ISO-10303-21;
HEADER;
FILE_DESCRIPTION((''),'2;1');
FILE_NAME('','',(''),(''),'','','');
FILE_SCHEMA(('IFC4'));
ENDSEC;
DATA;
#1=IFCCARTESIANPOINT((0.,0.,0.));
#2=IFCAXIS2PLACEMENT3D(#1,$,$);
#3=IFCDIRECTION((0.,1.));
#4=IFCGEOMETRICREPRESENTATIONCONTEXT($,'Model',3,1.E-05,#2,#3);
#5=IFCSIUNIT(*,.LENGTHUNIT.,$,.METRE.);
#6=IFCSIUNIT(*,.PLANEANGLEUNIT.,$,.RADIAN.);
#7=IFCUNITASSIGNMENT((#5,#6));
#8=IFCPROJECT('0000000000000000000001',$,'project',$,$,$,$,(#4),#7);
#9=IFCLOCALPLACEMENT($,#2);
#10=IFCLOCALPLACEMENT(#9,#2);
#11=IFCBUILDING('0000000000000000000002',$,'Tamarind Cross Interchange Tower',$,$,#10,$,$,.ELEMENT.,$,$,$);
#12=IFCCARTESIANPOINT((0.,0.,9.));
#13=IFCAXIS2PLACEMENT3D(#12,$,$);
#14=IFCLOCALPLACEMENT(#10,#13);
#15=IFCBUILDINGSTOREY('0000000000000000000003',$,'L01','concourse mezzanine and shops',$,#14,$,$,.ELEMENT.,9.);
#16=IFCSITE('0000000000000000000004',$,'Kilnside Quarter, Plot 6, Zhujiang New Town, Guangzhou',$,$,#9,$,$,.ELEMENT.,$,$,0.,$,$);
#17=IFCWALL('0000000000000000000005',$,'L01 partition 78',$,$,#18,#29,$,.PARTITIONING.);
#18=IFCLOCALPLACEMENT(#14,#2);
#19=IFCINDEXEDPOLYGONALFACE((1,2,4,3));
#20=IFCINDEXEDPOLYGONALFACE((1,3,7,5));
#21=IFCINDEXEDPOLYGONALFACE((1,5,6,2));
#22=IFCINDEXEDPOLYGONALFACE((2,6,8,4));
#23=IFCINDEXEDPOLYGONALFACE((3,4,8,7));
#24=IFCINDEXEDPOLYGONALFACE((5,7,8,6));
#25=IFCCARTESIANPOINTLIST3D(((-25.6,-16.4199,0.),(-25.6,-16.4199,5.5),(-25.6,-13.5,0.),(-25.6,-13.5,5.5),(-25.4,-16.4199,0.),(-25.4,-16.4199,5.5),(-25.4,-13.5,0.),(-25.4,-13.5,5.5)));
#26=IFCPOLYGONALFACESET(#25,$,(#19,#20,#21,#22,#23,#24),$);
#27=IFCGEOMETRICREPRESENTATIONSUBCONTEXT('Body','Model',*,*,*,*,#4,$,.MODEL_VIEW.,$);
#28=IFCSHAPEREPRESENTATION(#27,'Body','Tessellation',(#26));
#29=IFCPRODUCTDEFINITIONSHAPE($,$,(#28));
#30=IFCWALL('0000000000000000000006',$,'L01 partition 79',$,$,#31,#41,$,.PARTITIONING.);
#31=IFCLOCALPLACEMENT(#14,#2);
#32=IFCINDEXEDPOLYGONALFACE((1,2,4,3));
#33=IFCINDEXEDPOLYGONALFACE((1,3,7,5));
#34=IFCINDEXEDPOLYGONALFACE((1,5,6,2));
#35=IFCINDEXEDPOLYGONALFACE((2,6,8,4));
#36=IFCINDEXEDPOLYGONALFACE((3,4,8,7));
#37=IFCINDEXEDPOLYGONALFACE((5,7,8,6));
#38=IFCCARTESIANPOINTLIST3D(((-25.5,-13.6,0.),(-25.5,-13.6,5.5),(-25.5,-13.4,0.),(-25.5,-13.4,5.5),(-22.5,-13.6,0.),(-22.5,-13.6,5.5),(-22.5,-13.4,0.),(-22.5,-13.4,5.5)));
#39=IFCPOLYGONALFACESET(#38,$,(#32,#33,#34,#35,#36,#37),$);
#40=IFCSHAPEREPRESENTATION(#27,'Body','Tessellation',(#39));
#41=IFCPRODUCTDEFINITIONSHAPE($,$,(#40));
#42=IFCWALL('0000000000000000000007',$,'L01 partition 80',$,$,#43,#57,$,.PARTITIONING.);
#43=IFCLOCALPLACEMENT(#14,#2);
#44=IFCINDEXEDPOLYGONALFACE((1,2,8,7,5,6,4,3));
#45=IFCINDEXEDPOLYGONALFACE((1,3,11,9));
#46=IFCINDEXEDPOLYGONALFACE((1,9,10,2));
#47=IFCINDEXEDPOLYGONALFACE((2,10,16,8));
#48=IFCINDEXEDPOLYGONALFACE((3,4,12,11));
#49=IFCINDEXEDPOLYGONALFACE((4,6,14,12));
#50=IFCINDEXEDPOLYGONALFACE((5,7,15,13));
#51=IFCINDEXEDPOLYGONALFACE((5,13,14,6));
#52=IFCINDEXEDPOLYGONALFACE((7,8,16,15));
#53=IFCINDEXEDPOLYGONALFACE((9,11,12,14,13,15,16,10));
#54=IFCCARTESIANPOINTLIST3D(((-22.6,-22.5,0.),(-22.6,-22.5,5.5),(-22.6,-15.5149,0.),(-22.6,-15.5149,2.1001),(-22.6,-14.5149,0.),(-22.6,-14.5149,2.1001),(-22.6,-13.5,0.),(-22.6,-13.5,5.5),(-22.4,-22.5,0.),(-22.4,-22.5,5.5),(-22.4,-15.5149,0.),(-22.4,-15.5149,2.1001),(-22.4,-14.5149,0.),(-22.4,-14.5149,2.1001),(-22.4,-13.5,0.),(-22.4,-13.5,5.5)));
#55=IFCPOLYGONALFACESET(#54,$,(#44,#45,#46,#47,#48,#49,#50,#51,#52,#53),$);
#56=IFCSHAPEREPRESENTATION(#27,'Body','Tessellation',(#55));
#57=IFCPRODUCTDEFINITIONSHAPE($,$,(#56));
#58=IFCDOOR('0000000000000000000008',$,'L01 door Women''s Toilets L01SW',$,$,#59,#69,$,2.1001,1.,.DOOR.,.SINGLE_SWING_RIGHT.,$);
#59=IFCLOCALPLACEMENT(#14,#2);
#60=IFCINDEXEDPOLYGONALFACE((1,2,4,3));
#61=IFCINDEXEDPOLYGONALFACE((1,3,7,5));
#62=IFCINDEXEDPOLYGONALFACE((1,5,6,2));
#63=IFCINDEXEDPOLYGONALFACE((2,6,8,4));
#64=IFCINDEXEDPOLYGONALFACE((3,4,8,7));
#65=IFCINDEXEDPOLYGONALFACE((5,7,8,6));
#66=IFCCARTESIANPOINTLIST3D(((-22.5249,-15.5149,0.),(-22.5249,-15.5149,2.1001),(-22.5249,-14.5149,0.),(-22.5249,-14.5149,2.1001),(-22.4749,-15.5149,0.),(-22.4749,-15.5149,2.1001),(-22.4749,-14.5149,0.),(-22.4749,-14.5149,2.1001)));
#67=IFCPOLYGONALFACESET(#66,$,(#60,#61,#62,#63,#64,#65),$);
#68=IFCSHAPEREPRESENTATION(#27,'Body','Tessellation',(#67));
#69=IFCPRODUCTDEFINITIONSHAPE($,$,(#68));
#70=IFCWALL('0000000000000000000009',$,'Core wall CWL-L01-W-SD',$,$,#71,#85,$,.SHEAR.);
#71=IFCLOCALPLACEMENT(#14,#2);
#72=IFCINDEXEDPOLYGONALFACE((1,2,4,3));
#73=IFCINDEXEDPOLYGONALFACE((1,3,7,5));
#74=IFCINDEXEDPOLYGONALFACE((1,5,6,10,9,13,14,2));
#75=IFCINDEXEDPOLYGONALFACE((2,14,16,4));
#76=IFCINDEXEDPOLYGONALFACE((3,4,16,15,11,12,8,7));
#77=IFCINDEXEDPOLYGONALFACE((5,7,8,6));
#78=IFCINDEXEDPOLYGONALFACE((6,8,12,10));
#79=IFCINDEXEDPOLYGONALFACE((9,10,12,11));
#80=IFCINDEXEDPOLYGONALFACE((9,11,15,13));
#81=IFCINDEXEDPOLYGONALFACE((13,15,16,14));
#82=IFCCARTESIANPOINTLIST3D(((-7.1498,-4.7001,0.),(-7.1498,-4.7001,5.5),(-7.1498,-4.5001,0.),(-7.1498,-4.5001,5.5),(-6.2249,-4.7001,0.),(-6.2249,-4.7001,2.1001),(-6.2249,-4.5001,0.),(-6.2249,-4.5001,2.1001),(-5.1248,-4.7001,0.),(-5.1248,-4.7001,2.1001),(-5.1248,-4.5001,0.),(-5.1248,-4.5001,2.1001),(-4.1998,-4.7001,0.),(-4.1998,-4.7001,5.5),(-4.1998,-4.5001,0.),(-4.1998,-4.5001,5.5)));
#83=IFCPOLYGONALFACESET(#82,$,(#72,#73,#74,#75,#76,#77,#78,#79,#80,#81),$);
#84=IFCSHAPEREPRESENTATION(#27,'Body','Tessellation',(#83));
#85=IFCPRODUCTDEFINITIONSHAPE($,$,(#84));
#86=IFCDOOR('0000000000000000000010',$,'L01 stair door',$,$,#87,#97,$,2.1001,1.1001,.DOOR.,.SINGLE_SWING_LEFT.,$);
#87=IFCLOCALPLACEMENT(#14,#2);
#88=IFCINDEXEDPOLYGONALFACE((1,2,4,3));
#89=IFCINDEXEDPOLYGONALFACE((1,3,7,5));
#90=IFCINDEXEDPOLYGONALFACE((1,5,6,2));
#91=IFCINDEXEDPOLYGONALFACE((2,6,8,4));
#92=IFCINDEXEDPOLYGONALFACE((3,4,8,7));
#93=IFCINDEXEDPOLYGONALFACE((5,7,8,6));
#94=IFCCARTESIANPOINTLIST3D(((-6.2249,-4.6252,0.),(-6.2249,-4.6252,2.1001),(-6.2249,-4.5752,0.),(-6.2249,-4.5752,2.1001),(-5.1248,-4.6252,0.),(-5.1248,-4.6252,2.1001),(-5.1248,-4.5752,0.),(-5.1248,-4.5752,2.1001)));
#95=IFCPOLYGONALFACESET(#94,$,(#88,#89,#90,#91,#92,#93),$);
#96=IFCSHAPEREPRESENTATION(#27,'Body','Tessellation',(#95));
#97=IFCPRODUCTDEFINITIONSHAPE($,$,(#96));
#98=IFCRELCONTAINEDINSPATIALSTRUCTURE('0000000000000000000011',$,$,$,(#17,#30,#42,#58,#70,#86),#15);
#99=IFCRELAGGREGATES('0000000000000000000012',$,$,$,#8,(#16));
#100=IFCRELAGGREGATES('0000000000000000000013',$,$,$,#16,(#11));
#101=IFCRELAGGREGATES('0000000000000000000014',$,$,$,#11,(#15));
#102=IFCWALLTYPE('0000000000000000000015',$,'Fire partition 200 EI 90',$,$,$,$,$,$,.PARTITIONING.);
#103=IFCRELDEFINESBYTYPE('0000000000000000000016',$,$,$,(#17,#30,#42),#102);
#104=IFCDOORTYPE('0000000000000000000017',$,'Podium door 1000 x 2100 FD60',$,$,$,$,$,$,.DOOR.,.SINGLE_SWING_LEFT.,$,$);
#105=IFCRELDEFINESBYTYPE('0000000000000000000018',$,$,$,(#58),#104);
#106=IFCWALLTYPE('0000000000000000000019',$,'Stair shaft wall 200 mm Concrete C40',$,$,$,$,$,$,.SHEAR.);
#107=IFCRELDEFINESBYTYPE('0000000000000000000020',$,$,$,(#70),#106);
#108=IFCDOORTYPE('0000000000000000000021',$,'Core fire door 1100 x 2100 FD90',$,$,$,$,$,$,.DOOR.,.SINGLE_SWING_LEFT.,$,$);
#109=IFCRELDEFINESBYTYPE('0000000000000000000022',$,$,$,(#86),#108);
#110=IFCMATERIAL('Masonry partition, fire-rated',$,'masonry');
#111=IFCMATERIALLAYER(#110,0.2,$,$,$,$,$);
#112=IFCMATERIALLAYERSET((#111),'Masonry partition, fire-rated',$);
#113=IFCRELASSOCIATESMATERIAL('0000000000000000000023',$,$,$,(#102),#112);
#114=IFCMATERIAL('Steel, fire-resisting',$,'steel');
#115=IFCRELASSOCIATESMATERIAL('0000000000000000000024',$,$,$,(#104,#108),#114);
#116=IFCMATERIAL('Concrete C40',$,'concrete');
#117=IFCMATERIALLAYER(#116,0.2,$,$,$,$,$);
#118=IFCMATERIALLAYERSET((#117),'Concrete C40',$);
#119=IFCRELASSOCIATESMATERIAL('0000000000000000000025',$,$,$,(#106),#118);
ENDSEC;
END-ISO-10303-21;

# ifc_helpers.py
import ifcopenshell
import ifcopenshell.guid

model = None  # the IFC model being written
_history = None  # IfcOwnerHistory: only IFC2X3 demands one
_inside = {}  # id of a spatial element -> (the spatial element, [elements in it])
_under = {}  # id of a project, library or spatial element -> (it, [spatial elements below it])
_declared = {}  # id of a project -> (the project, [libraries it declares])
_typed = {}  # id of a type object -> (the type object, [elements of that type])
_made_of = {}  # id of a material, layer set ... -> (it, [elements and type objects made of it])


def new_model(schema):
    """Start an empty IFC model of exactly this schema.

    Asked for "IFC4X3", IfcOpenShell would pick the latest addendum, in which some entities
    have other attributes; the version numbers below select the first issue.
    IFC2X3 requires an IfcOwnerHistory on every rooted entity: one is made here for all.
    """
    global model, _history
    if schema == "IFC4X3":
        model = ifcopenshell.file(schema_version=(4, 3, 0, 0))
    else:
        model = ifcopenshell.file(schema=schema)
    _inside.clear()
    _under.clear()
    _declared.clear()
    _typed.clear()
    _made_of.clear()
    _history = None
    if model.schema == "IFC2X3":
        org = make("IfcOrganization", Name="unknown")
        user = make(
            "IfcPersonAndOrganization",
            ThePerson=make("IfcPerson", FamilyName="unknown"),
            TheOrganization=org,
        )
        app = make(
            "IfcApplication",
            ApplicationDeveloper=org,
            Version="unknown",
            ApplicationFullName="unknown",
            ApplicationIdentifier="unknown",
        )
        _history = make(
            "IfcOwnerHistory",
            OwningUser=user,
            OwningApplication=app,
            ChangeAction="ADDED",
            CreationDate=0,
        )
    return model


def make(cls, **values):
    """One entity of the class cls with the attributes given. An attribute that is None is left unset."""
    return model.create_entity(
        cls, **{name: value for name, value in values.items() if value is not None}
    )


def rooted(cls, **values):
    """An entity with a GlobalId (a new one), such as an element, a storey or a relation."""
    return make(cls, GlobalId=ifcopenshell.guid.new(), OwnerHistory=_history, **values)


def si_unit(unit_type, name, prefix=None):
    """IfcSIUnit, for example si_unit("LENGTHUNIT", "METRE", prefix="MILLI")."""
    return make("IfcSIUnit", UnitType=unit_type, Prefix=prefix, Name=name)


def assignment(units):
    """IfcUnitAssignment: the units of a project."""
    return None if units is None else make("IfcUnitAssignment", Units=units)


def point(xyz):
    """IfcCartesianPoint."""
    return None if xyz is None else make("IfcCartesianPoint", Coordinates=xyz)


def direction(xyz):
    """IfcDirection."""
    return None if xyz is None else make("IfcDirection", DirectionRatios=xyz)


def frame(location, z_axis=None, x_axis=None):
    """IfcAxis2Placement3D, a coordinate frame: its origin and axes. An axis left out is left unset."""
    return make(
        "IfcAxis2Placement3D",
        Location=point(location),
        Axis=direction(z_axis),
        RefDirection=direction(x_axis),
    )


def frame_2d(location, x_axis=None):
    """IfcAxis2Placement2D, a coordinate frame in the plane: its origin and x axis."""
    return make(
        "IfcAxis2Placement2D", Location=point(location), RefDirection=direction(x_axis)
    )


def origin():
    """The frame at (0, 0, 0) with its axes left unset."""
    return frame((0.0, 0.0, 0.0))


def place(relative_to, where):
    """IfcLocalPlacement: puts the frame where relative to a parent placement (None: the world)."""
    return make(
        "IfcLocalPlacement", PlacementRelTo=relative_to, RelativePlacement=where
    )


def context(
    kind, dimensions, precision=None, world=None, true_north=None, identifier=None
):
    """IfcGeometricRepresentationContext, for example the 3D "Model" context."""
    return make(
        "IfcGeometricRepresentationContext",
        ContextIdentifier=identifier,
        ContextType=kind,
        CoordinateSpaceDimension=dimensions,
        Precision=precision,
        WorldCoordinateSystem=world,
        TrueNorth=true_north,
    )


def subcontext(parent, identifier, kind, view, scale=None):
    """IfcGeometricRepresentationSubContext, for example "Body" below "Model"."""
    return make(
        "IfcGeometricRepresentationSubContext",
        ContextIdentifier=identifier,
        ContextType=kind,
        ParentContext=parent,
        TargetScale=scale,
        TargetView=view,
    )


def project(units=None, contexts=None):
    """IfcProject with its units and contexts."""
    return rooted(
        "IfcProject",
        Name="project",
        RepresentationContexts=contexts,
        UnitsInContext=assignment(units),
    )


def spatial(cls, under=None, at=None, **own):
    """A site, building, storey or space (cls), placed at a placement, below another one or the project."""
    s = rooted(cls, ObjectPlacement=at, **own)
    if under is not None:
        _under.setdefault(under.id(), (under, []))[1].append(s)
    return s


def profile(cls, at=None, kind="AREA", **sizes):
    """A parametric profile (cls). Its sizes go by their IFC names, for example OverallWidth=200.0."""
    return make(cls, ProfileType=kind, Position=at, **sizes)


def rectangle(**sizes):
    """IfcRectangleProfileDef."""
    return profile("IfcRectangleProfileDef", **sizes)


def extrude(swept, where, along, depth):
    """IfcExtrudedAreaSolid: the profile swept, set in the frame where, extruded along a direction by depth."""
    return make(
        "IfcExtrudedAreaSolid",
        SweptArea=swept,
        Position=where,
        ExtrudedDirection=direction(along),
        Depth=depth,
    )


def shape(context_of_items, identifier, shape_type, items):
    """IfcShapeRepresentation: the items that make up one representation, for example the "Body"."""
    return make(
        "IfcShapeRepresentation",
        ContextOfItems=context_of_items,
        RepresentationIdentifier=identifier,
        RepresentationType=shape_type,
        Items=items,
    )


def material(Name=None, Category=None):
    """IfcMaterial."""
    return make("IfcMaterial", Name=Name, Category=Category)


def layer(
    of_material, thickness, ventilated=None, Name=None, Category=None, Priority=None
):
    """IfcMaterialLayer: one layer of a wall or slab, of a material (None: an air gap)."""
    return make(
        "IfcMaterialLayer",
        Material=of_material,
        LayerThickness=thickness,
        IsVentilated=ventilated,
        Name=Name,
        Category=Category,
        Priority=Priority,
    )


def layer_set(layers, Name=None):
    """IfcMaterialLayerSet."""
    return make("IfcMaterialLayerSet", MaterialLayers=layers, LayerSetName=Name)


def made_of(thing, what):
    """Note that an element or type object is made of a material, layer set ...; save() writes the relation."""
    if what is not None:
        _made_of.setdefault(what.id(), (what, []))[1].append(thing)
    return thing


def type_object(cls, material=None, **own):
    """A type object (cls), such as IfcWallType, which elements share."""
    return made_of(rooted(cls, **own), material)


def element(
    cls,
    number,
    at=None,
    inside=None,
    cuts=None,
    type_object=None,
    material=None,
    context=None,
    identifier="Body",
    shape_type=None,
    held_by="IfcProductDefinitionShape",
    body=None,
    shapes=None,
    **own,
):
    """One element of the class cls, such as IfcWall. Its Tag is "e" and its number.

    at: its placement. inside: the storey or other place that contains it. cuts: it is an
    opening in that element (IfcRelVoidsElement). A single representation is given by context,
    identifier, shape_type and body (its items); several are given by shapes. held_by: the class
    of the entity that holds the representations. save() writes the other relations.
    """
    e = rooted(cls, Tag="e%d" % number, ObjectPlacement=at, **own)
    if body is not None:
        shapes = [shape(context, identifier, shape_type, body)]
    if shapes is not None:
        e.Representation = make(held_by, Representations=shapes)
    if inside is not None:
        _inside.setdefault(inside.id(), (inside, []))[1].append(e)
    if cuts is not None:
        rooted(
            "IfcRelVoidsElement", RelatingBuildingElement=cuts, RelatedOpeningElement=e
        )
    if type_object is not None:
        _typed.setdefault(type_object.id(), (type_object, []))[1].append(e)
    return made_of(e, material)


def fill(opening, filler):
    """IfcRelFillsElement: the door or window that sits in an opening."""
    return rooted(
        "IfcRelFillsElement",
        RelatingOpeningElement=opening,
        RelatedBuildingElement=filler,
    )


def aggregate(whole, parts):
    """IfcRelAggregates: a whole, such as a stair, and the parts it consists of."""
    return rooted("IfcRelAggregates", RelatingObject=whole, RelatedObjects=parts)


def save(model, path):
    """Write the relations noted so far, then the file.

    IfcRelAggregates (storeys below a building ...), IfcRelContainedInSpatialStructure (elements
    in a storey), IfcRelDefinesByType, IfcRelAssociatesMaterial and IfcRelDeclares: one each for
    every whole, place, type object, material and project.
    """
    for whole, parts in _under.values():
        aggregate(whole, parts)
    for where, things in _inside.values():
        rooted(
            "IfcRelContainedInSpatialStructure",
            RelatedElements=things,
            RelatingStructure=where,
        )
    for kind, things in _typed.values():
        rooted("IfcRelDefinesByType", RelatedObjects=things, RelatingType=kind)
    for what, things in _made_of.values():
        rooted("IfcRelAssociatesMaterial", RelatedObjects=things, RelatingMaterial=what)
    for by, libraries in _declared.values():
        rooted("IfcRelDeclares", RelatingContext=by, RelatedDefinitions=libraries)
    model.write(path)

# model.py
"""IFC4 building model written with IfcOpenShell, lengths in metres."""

from ifc_helpers import new_model, si_unit, direction, frame, frame_2d, origin, place, context, subcontext, project, spatial, rectangle, extrude, material, layer, layer_set, type_object, element, fill, save


model = new_model("IFC4")

# Units and contexts
model_context = context("Model", 3, precision=1e-05, world=origin(), true_north=direction((0.0, 1.0)))
body_context = subcontext(model_context, "Body", "Model", "MODEL_VIEW")
ifc_project = project(units=[si_unit("LENGTHUNIT", "METRE"), si_unit("PLANEANGLEUNIT", "RADIAN")], contexts=[model_context])

# Site, building, storey
site_placement = place(None, origin())
site = spatial("IfcSite", under=ifc_project, at=site_placement, Name="Kilnside Quarter, Plot 6, Zhujiang New Town, Guangzhou", CompositionType="ELEMENT", RefElevation=0.0)
building_placement = place(site_placement, origin())
building = spatial("IfcBuilding", under=site, at=building_placement, Name="Tamarind Cross Interchange Tower", CompositionType="ELEMENT")
storey_placement = place(building_placement, frame((0.0, 0.0, 9.0)))
storey = spatial("IfcBuildingStorey", under=building, at=storey_placement, Name="L01", Description="concourse mezzanine and shops", CompositionType="ELEMENT", Elevation=9.0)

# Shared definitions
ifc_material_1 = material(Name="Steel, fire-resisting", Category="steel")

# Walls
ifc_material_2 = material(Name="Masonry partition, fire-rated", Category="masonry")
ifc_layer_1 = layer(ifc_material_2, 0.2)
ifc_layer_set_1 = layer_set([ifc_layer_1], Name="Masonry partition, fire-rated")
wall_type_1 = type_object("IfcWallType", Name="Fire partition 200 EI 90", PredefinedType="PARTITIONING", material=ifc_layer_set_1)
wall_1_placement = place(storey_placement, frame((-25.5, -16.4199, 0.0), z_axis=(0.0, 0.0, 1.0), x_axis=(0.0, 1.0, 0.0)))
element("IfcWall", 1, at=wall_1_placement, inside=storey, type_object=wall_type_1, Name="L01 partition 78", PredefinedType="PARTITIONING", context=body_context, shape_type="SweptSolid", body=[
    extrude(rectangle(XDim=2.9199, YDim=0.2, at=frame_2d((1.46, 0.0))), origin(), (0.0, 0.0, 1.0), 5.5),
])
wall_2_placement = place(storey_placement, frame((-25.5, -13.5, 0.0), z_axis=(0.0, 0.0, 1.0), x_axis=(1.0, 0.0, 0.0)))
element("IfcWall", 2, at=wall_2_placement, inside=storey, type_object=wall_type_1, Name="L01 partition 79", PredefinedType="PARTITIONING", context=body_context, shape_type="SweptSolid", body=[
    extrude(rectangle(XDim=3.0, YDim=0.2, at=frame_2d((1.5, 0.0))), origin(), (0.0, 0.0, 1.0), 5.5),
])

# Walls, openings, doors
wall_3_placement = place(storey_placement, frame((-22.5, -22.5, 0.0), z_axis=(0.0, 0.0, 1.0), x_axis=(0.0, 1.0, 0.0)))
wall_3 = element("IfcWall", 3, at=wall_3_placement, inside=storey, type_object=wall_type_1, Name="L01 partition 80", PredefinedType="PARTITIONING", context=body_context, shape_type="SweptSolid", body=[
    extrude(rectangle(XDim=9.0, YDim=0.2, at=frame_2d((4.5, 0.0))), origin(), (0.0, 0.0, 1.0), 5.5),
])
opening_1_placement = place(wall_3_placement, frame((6.9851, 0.0, 0.0)))
opening_1 = element("IfcOpeningElement", 4, at=opening_1_placement, cuts=wall_3, PredefinedType="OPENING", context=body_context, shape_type="SweptSolid", body=[
    extrude(rectangle(XDim=1.0, YDim=2.1001, at=frame_2d((0.5, 1.05))), frame((0.0, 0.1099, 0.0), z_axis=(0.0, -1.0, 0.0), x_axis=(1.0, 0.0, 0.0)), (0.0, 0.0, 1.0), 0.22),
])
door_type_1 = type_object("IfcDoorType", Name="Podium door 1000 x 2100 FD60", OperationType="SINGLE_SWING_LEFT", PredefinedType="DOOR", material=ifc_material_1)
door_1_placement = place(opening_1_placement, origin())
door_1 = element("IfcDoor", 5, at=door_1_placement, inside=storey, type_object=door_type_1, Name="L01 door Women's Toilets L01SW", OperationType="SINGLE_SWING_RIGHT", OverallHeight=2.1001, OverallWidth=1.0, PredefinedType="DOOR", context=body_context, shape_type="SweptSolid", body=[
    extrude(rectangle(XDim=1.0, YDim=2.1001, at=frame_2d((0.5, 1.05))), frame((0.0, 0.0249, 0.0), z_axis=(0.0, -1.0, 0.0), x_axis=(1.0, 0.0, 0.0)), (0.0, 0.0, 1.0), 0.05),
])
fill(opening_1, door_1)
ifc_material_3 = material(Name="Concrete C40", Category="concrete")
ifc_layer_2 = layer(ifc_material_3, 0.2)
ifc_layer_set_2 = layer_set([ifc_layer_2], Name="Concrete C40")
wall_type_2 = type_object("IfcWallType", Name="Stair shaft wall 200 mm Concrete C40", PredefinedType="SHEAR", material=ifc_layer_set_2)
wall_4_placement = place(storey_placement, frame((-7.1499, -4.6001, 0.0), z_axis=(0.0, 0.0, 1.0), x_axis=(1.0, 0.0, 0.0)))
wall_4 = element("IfcWall", 6, at=wall_4_placement, inside=storey, type_object=wall_type_2, Name="Core wall CWL-L01-W-SD", PredefinedType="SHEAR", context=body_context, shape_type="SweptSolid", body=[
    extrude(rectangle(XDim=2.95, YDim=0.2, at=frame_2d((1.4751, 0.0))), origin(), (0.0, 0.0, 1.0), 5.5),
])
opening_2_placement = place(wall_4_placement, frame((0.925, 0.0, 0.0)))
opening_2 = element("IfcOpeningElement", 7, at=opening_2_placement, cuts=wall_4, PredefinedType="OPENING", context=body_context, shape_type="SweptSolid", body=[
    extrude(rectangle(XDim=1.1001, YDim=2.1001, at=frame_2d((0.55, 1.05))), frame((0.0, 0.1099, 0.0), z_axis=(0.0, -1.0, 0.0), x_axis=(1.0, 0.0, 0.0)), (0.0, 0.0, 1.0), 0.22),
])
door_type_2 = type_object("IfcDoorType", Name="Core fire door 1100 x 2100 FD90", OperationType="SINGLE_SWING_LEFT", PredefinedType="DOOR", material=ifc_material_1)
door_2_placement = place(opening_2_placement, origin())
door_2 = element("IfcDoor", 8, at=door_2_placement, inside=storey, type_object=door_type_2, Name="L01 stair door", OperationType="SINGLE_SWING_LEFT", OverallHeight=2.1001, OverallWidth=1.1001, PredefinedType="DOOR", context=body_context, shape_type="SweptSolid", body=[
    extrude(rectangle(XDim=1.1001, YDim=2.1001, at=frame_2d((0.55, 1.05))), frame((0.0, 0.0249, 0.0), z_axis=(0.0, -1.0, 0.0), x_axis=(1.0, 0.0, 0.0)), (0.0, 0.0, 1.0), 0.05),
])
fill(opening_2, door_2)

save(model, "model.ifc")
